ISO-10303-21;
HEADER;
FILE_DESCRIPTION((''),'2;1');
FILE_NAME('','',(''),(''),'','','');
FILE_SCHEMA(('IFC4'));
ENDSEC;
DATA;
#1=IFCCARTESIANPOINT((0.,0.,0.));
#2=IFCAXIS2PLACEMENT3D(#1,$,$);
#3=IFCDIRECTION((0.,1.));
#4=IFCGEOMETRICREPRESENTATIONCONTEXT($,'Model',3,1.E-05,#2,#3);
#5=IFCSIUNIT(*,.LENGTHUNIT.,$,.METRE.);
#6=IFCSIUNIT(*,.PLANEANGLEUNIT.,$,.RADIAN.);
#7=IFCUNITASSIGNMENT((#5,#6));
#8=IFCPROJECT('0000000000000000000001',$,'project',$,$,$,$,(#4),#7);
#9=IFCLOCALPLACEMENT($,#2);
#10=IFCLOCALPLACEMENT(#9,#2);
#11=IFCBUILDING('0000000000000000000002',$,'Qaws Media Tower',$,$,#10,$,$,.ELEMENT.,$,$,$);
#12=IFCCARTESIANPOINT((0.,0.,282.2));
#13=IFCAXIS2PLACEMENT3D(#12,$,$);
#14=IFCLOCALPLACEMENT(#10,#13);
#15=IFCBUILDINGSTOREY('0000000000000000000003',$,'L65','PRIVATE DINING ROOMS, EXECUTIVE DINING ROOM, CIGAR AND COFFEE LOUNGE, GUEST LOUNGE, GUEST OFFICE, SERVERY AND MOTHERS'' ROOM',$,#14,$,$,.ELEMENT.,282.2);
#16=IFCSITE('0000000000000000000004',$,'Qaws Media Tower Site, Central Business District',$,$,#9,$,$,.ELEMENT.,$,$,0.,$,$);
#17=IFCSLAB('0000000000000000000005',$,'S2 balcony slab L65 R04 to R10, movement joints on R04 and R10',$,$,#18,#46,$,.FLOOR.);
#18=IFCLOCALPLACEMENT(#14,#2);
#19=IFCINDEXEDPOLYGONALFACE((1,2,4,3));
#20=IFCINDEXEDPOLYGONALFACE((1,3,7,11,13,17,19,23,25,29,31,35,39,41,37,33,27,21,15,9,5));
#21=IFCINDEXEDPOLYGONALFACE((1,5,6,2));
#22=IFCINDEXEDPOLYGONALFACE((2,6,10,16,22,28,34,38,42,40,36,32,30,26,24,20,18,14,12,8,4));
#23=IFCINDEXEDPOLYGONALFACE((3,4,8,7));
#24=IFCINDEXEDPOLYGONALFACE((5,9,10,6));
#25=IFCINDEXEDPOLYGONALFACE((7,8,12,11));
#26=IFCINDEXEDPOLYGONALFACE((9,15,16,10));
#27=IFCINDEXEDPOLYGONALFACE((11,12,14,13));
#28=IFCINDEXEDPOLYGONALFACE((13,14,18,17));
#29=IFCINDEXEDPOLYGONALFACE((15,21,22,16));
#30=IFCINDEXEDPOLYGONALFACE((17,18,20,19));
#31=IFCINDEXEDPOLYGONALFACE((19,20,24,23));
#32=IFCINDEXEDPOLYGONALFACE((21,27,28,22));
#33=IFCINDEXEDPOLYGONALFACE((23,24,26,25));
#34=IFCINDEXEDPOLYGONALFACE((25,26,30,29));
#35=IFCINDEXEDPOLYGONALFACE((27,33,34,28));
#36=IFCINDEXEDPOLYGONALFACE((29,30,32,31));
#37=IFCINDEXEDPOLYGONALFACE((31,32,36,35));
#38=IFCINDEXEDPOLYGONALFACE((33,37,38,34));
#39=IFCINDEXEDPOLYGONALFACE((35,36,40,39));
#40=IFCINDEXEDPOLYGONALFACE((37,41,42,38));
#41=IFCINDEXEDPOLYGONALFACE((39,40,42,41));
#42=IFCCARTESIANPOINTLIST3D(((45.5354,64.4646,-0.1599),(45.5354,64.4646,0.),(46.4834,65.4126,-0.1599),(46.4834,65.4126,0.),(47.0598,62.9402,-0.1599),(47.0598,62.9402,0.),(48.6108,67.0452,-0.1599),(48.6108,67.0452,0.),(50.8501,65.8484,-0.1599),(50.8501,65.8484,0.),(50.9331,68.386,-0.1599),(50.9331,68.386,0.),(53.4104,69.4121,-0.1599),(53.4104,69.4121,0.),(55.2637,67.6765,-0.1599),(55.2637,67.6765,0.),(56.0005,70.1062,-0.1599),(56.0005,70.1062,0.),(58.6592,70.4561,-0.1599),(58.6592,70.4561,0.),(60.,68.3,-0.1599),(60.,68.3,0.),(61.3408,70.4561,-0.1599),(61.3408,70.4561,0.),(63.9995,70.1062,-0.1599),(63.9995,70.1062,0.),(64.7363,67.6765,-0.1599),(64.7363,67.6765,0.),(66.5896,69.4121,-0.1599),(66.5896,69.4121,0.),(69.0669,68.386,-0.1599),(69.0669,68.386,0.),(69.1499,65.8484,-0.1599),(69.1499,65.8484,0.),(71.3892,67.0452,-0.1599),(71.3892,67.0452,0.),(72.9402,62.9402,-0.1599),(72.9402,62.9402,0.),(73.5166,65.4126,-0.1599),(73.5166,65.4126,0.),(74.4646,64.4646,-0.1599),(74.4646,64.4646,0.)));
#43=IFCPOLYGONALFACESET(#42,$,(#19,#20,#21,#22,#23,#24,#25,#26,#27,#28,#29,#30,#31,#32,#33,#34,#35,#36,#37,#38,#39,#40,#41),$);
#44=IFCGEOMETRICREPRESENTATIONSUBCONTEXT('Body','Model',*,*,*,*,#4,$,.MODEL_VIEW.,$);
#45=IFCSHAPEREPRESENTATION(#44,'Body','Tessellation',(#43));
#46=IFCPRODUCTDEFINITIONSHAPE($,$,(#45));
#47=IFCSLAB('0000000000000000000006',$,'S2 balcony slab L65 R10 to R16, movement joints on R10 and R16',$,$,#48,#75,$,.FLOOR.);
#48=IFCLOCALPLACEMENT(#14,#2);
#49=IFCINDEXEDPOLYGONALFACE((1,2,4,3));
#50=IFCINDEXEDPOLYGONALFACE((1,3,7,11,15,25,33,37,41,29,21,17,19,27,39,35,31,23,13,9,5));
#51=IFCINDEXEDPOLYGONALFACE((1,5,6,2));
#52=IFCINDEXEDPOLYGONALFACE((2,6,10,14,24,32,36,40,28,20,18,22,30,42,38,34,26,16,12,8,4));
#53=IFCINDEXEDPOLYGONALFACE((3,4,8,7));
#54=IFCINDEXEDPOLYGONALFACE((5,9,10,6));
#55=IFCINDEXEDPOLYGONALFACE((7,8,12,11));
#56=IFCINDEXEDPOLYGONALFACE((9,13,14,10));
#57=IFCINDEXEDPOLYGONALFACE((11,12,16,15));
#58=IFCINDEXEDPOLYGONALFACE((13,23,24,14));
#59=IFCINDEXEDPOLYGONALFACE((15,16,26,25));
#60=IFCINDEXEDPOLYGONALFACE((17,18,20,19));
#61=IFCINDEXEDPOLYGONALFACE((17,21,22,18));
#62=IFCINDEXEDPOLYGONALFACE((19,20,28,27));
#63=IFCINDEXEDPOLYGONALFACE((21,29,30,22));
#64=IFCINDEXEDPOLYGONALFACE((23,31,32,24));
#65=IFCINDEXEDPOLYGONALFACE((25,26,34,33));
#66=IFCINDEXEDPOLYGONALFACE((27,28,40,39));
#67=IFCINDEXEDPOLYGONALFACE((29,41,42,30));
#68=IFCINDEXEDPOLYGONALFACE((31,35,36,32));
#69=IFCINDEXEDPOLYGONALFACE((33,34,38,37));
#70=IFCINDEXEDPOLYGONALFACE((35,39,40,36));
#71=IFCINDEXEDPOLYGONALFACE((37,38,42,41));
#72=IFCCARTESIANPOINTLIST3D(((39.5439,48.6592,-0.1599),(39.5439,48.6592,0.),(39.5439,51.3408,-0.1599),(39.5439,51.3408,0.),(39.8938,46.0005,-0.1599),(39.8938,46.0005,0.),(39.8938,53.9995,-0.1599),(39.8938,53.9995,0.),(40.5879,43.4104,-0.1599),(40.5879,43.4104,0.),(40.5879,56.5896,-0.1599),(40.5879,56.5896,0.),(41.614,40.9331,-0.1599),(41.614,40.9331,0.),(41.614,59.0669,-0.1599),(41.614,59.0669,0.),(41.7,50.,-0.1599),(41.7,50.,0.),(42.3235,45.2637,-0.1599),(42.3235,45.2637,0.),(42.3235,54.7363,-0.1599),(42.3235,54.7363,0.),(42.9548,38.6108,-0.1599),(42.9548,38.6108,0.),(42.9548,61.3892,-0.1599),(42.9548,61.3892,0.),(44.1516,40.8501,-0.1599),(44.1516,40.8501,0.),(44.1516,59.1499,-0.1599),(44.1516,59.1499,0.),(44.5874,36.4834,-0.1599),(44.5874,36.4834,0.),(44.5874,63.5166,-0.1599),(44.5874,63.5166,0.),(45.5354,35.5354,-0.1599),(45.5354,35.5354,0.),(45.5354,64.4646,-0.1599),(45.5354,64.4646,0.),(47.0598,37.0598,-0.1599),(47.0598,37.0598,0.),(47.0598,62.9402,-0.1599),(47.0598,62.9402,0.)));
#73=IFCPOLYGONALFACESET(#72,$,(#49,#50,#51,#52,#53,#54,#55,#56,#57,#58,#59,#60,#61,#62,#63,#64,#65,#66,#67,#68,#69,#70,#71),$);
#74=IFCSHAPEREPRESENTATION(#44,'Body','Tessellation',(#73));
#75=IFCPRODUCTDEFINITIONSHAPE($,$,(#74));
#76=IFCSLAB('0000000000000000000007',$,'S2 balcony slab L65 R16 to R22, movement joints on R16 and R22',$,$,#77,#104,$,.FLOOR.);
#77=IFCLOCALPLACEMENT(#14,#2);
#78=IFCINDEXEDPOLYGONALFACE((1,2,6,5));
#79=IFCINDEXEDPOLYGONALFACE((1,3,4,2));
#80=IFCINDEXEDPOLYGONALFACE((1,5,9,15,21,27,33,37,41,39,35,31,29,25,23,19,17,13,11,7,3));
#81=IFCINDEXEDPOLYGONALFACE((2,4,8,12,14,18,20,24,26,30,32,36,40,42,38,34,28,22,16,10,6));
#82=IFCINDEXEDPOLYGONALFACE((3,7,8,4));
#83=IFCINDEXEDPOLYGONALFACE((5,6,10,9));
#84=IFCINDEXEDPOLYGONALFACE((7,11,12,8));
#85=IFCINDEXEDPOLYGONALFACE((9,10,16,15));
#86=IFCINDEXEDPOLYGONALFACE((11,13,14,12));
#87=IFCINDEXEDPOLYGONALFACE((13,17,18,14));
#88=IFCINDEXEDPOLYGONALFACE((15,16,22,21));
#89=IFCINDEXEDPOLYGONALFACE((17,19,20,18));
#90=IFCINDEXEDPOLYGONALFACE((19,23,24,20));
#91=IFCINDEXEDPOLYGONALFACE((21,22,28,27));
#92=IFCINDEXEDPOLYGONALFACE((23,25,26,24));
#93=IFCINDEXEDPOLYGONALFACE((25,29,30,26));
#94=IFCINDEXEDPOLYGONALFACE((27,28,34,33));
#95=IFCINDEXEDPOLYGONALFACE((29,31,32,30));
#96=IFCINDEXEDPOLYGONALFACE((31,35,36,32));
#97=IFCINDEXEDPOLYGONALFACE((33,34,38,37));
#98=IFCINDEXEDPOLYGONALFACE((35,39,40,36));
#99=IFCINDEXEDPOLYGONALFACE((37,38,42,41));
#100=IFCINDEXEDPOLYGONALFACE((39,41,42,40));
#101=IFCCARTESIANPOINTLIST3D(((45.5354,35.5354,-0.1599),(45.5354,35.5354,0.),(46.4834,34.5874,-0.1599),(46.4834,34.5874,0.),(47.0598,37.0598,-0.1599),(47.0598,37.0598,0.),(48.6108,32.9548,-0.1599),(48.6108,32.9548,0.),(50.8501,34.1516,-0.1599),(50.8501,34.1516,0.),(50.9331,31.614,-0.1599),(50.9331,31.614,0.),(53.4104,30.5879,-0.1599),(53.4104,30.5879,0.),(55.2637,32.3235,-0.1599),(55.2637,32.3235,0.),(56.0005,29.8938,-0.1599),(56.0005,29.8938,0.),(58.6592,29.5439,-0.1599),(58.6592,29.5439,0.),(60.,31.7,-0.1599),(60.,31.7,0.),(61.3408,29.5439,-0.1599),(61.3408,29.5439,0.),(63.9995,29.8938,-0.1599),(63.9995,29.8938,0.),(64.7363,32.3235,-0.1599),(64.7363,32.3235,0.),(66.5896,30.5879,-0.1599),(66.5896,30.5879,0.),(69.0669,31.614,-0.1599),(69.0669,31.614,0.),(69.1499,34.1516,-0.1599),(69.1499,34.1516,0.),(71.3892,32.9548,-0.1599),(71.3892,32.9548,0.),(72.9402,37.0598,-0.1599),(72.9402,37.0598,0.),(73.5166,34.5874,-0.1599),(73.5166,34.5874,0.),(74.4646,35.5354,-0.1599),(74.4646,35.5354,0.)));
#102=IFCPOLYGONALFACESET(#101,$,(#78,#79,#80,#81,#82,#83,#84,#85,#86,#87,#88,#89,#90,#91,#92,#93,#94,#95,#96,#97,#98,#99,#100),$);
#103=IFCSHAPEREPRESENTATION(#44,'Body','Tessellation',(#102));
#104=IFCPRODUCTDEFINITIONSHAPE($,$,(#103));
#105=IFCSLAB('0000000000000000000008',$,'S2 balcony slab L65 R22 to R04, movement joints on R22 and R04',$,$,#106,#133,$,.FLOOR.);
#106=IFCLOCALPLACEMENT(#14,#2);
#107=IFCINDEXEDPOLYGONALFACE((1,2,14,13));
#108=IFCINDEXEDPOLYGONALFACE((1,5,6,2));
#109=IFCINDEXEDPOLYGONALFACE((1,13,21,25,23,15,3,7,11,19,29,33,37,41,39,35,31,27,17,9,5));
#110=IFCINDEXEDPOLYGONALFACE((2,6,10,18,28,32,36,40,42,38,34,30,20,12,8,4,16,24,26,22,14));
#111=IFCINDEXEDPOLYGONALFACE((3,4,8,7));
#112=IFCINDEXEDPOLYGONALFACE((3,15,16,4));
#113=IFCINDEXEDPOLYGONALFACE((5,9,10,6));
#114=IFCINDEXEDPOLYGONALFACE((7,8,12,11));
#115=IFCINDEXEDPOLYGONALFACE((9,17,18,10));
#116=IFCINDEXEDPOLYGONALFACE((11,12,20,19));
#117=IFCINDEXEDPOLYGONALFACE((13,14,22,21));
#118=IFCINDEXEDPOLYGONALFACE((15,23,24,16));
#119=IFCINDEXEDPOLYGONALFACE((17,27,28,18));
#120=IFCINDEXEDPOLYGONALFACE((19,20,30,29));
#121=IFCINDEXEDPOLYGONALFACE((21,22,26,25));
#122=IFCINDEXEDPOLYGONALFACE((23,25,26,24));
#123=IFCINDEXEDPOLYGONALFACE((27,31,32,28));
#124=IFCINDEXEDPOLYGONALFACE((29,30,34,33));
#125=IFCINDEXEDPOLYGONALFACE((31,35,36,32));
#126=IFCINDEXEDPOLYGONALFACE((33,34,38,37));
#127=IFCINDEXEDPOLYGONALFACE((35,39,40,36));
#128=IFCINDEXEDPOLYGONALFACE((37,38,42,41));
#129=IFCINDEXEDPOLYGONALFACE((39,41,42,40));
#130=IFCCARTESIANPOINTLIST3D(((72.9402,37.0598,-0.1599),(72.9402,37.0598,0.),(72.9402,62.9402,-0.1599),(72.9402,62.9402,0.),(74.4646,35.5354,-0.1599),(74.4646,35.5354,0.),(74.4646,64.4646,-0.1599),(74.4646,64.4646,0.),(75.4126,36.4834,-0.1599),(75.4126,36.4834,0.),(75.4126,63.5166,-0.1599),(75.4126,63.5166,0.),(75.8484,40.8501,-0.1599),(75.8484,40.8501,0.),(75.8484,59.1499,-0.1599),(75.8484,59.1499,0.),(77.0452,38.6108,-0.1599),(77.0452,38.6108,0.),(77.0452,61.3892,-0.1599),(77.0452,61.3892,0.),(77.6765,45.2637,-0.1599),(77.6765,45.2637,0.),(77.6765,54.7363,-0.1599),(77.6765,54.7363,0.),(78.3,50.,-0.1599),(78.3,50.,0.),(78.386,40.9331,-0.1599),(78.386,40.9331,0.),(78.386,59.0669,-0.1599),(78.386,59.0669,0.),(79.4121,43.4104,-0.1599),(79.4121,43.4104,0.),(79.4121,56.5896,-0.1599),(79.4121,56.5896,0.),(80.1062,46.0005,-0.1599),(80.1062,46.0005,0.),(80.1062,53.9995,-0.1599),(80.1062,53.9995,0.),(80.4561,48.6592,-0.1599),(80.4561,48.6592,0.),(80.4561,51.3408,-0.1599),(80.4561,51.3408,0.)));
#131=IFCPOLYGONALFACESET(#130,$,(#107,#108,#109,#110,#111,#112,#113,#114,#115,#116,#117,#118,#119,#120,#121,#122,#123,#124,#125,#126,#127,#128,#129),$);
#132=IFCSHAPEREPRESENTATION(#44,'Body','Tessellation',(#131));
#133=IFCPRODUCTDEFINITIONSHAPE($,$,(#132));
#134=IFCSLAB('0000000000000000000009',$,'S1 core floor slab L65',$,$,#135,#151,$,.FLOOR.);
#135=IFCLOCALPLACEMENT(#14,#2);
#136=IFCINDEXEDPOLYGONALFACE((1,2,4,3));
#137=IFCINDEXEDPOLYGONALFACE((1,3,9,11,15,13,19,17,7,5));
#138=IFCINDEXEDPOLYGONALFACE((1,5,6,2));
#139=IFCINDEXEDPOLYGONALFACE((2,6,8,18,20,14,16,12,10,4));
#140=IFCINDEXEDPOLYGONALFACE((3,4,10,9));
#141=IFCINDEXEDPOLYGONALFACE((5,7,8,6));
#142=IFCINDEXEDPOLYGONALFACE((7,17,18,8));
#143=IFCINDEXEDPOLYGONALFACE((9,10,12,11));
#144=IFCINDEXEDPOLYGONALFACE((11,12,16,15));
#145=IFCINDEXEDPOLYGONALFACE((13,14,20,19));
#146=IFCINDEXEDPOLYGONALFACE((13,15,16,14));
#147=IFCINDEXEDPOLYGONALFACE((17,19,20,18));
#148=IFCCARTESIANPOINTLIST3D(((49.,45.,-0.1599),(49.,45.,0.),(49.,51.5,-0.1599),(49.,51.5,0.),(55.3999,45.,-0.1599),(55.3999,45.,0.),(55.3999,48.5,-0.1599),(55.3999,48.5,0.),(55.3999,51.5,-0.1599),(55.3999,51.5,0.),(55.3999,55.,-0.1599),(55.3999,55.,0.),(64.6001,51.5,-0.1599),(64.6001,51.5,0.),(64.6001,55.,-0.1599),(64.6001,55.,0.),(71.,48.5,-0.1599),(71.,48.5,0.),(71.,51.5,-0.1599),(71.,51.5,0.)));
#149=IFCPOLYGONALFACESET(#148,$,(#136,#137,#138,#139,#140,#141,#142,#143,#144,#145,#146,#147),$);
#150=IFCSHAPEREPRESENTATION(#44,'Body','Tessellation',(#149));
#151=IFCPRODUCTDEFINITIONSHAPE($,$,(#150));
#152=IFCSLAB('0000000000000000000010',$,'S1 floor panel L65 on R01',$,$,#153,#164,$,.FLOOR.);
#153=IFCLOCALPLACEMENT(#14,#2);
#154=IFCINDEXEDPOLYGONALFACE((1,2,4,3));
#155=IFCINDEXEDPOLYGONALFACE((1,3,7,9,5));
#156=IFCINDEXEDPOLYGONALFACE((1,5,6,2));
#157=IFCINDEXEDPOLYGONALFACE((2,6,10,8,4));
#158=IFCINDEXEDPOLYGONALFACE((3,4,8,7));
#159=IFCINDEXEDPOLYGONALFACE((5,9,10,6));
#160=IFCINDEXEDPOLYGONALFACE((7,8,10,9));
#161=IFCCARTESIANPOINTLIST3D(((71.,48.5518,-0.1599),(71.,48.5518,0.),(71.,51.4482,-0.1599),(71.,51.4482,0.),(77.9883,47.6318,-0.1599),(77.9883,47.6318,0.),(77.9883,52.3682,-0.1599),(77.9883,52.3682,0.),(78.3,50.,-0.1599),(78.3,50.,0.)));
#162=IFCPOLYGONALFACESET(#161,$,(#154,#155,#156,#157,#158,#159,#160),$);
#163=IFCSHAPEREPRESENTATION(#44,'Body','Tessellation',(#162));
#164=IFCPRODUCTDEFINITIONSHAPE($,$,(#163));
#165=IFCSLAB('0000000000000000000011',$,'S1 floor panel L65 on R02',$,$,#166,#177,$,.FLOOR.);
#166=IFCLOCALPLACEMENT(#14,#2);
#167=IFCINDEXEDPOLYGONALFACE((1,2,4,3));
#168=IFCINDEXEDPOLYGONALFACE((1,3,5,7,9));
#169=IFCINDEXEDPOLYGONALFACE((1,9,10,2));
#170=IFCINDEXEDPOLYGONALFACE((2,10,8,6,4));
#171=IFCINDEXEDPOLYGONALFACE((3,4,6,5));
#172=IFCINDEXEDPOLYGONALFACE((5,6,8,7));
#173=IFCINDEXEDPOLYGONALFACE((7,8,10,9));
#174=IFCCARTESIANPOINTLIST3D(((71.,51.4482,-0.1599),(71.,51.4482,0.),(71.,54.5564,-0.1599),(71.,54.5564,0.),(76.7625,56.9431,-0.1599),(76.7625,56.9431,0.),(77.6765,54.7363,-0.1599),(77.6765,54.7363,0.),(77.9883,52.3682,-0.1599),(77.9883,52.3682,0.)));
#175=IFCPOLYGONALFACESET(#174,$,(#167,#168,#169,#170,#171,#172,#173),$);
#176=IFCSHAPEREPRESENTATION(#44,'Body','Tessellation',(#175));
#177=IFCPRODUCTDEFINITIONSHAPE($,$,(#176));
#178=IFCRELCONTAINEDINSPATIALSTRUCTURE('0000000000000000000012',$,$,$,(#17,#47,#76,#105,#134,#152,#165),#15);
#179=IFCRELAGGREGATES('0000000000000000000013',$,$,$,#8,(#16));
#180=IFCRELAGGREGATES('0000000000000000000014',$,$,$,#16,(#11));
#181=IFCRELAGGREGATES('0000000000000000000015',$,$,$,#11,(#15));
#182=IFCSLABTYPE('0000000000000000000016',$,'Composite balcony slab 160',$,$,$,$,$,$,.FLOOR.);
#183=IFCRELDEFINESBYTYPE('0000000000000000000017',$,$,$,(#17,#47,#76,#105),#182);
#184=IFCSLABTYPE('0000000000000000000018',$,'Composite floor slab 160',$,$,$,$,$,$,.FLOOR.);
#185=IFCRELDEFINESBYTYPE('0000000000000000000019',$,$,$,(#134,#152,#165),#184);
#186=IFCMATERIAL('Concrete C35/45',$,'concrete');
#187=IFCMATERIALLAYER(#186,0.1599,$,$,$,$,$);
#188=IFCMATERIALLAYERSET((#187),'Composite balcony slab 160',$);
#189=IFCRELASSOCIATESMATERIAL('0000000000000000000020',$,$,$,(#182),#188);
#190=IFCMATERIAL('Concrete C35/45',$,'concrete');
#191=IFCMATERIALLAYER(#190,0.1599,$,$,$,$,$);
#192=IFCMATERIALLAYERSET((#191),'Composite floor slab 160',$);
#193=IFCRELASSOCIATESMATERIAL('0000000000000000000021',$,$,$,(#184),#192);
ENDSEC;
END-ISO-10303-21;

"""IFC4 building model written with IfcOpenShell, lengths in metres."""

from ifc_helpers import new_model, si_unit, direction, frame, origin, place, context, subcontext, project, spatial, polyline, outline, extrude, material, layer, layer_set, type_object, element, save


model = new_model("IFC4")

# Units and contexts
model_context = context("Model", 3, precision=1e-05, world=origin(), true_north=direction((0.0, 1.0)))
body_context = subcontext(model_context, "Body", "Model", "MODEL_VIEW")
ifc_project = project(units=[si_unit("LENGTHUNIT", "METRE"), si_unit("PLANEANGLEUNIT", "RADIAN")], contexts=[model_context])

# Site, building, storey
site_placement = place(None, origin())
site = spatial("IfcSite", under=ifc_project, at=site_placement, Name="Qaws Media Tower Site, Central Business District", CompositionType="ELEMENT", RefElevation=0.0)
building_placement = place(site_placement, origin())
building = spatial("IfcBuilding", under=site, at=building_placement, Name="Qaws Media Tower", CompositionType="ELEMENT")
storey_placement = place(building_placement, frame((0.0, 0.0, 282.2)))
storey = spatial("IfcBuildingStorey", under=building, at=storey_placement, Name="L65", Description="PRIVATE DINING ROOMS, EXECUTIVE DINING ROOM, CIGAR AND COFFEE LOUNGE, GUEST LOUNGE, GUEST OFFICE, SERVERY AND MOTHERS' ROOM", CompositionType="ELEMENT", Elevation=282.2)

# Slabs
ifc_material_1 = material(Name="Concrete C35/45", Category="concrete")
ifc_layer_1 = layer(ifc_material_1, 0.1599)
ifc_layer_set_1 = layer_set([ifc_layer_1], Name="Composite balcony slab 160")
slab_type_1 = type_object("IfcSlabType", Name="Composite balcony slab 160", PredefinedType="FLOOR", material=ifc_layer_set_1)
slab_1_placement = place(storey_placement, frame((0.0, 0.0, -0.1599)))
element("IfcSlab", 1, at=slab_1_placement, inside=storey, type_object=slab_type_1, Name="S2 balcony slab L65 R04 to R10, movement joints on R04 and R10", PredefinedType="FLOOR", context=body_context, shape_type="SweptSolid", body=[
    extrude(outline(polyline([(46.4834, 65.4126), (48.6108, 67.0452), (50.9331, 68.386), (53.4104, 69.4121), (56.0005, 70.1062), (58.6592, 70.4561), (61.3408, 70.4561), (63.9995, 70.1062), (66.5896, 69.4121), (69.0669, 68.386), (71.3892, 67.0452), (73.5166, 65.4126), (74.4646, 64.4646), (72.9402, 62.9402), (69.1499, 65.8484), (64.7363, 67.6765), (60.0, 68.3), (55.2637, 67.6765), (50.8501, 65.8484), (47.0598, 62.9402), (45.5354, 64.4646), (46.4834, 65.4126)])), origin(), (0.0, 0.0, 1.0), 0.1599),
])
slab_2_placement = place(storey_placement, frame((0.0, 0.0, -0.1599)))
element("IfcSlab", 2, at=slab_2_placement, inside=storey, type_object=slab_type_1, Name="S2 balcony slab L65 R10 to R16, movement joints on R10 and R16", PredefinedType="FLOOR", context=body_context, shape_type="SweptSolid", body=[
    extrude(outline(polyline([(44.5874, 36.4834), (42.9548, 38.6108), (41.614, 40.9331), (40.5879, 43.4104), (39.8938, 46.0005), (39.5439, 48.6592), (39.5439, 51.3408), (39.8938, 53.9995), (40.5879, 56.5896), (41.614, 59.0669), (42.9548, 61.3892), (44.5874, 63.5166), (45.5354, 64.4646), (47.0598, 62.9402), (44.1516, 59.1499), (42.3235, 54.7363), (41.7, 50.0), (42.3235, 45.2637), (44.1516, 40.8501), (47.0598, 37.0598), (45.5354, 35.5354), (44.5874, 36.4834)])), origin(), (0.0, 0.0, 1.0), 0.1599),
])
slab_3_placement = place(storey_placement, frame((0.0, 0.0, -0.1599)))
element("IfcSlab", 3, at=slab_3_placement, inside=storey, type_object=slab_type_1, Name="S2 balcony slab L65 R16 to R22, movement joints on R16 and R22", PredefinedType="FLOOR", context=body_context, shape_type="SweptSolid", body=[
    extrude(outline(polyline([(73.5166, 34.5874), (71.3892, 32.9548), (69.0669, 31.614), (66.5896, 30.5879), (63.9995, 29.8938), (61.3408, 29.5439), (58.6592, 29.5439), (56.0005, 29.8938), (53.4104, 30.5879), (50.9331, 31.614), (48.6108, 32.9548), (46.4834, 34.5874), (45.5354, 35.5354), (47.0598, 37.0598), (50.8501, 34.1516), (55.2637, 32.3235), (60.0, 31.7), (64.7363, 32.3235), (69.1499, 34.1516), (72.9402, 37.0598), (74.4646, 35.5354), (73.5166, 34.5874)])), origin(), (0.0, 0.0, 1.0), 0.1599),
])
slab_4_placement = place(storey_placement, frame((0.0, 0.0, -0.1599)))
element("IfcSlab", 4, at=slab_4_placement, inside=storey, type_object=slab_type_1, Name="S2 balcony slab L65 R22 to R04, movement joints on R22 and R04", PredefinedType="FLOOR", context=body_context, shape_type="SweptSolid", body=[
    extrude(outline(polyline([(80.1062, 46.0005), (79.4121, 43.4104), (78.386, 40.9331), (77.0452, 38.6108), (75.4126, 36.4834), (74.4646, 35.5354), (72.9402, 37.0598), (75.8484, 40.8501), (77.6765, 45.2637), (78.3, 50.0), (77.6765, 54.7363), (75.8484, 59.1499), (72.9402, 62.9402), (74.4646, 64.4646), (75.4126, 63.5166), (77.0452, 61.3892), (78.386, 59.0669), (79.4121, 56.5896), (80.1062, 53.9995), (80.4561, 51.3408), (80.4561, 48.6592), (80.1062, 46.0005)])), origin(), (0.0, 0.0, 1.0), 0.1599),
])
ifc_material_2 = material(Name="Concrete C35/45", Category="concrete")
ifc_layer_2 = layer(ifc_material_2, 0.1599)
ifc_layer_set_2 = layer_set([ifc_layer_2], Name="Composite floor slab 160")
slab_type_2 = type_object("IfcSlabType", Name="Composite floor slab 160", PredefinedType="FLOOR", material=ifc_layer_set_2)
slab_5_placement = place(storey_placement, frame((0.0, 0.0, -0.1599)))
element("IfcSlab", 5, at=slab_5_placement, inside=storey, type_object=slab_type_2, Name="S1 core floor slab L65", PredefinedType="FLOOR", context=body_context, shape_type="SweptSolid", body=[
    extrude(outline(polyline([(71.0, 51.5), (71.0, 48.5), (55.3999, 48.5), (55.3999, 45.0), (49.0, 45.0), (49.0, 51.5), (55.3999, 51.5), (55.3999, 55.0), (64.6001, 55.0), (64.6001, 51.5), (71.0, 51.5)])), origin(), (0.0, 0.0, 1.0), 0.1599),
])
slab_6_placement = place(storey_placement, frame((0.0, 0.0, -0.1599)))
element("IfcSlab", 6, at=slab_6_placement, inside=storey, type_object=slab_type_2, Name="S1 floor panel L65 on R01", PredefinedType="FLOOR", context=body_context, shape_type="SweptSolid", body=[
    extrude(outline(polyline([(78.3, 50.0), (77.9883, 47.6318), (71.0, 48.5518), (71.0, 51.4482), (77.9883, 52.3682), (78.3, 50.0)])), origin(), (0.0, 0.0, 1.0), 0.1599),
])
slab_7_placement = place(storey_placement, frame((0.0, 0.0, -0.1599)))
element("IfcSlab", 7, at=slab_7_placement, inside=storey, type_object=slab_type_2, Name="S1 floor panel L65 on R02", PredefinedType="FLOOR", context=body_context, shape_type="SweptSolid", body=[
    extrude(outline(polyline([(77.6765, 54.7363), (77.9883, 52.3682), (71.0, 51.4482), (71.0, 54.5564), (76.7625, 56.9431), (77.6765, 54.7363)])), origin(), (0.0, 0.0, 1.0), 0.1599),
])

save(model, "model.ifc")
